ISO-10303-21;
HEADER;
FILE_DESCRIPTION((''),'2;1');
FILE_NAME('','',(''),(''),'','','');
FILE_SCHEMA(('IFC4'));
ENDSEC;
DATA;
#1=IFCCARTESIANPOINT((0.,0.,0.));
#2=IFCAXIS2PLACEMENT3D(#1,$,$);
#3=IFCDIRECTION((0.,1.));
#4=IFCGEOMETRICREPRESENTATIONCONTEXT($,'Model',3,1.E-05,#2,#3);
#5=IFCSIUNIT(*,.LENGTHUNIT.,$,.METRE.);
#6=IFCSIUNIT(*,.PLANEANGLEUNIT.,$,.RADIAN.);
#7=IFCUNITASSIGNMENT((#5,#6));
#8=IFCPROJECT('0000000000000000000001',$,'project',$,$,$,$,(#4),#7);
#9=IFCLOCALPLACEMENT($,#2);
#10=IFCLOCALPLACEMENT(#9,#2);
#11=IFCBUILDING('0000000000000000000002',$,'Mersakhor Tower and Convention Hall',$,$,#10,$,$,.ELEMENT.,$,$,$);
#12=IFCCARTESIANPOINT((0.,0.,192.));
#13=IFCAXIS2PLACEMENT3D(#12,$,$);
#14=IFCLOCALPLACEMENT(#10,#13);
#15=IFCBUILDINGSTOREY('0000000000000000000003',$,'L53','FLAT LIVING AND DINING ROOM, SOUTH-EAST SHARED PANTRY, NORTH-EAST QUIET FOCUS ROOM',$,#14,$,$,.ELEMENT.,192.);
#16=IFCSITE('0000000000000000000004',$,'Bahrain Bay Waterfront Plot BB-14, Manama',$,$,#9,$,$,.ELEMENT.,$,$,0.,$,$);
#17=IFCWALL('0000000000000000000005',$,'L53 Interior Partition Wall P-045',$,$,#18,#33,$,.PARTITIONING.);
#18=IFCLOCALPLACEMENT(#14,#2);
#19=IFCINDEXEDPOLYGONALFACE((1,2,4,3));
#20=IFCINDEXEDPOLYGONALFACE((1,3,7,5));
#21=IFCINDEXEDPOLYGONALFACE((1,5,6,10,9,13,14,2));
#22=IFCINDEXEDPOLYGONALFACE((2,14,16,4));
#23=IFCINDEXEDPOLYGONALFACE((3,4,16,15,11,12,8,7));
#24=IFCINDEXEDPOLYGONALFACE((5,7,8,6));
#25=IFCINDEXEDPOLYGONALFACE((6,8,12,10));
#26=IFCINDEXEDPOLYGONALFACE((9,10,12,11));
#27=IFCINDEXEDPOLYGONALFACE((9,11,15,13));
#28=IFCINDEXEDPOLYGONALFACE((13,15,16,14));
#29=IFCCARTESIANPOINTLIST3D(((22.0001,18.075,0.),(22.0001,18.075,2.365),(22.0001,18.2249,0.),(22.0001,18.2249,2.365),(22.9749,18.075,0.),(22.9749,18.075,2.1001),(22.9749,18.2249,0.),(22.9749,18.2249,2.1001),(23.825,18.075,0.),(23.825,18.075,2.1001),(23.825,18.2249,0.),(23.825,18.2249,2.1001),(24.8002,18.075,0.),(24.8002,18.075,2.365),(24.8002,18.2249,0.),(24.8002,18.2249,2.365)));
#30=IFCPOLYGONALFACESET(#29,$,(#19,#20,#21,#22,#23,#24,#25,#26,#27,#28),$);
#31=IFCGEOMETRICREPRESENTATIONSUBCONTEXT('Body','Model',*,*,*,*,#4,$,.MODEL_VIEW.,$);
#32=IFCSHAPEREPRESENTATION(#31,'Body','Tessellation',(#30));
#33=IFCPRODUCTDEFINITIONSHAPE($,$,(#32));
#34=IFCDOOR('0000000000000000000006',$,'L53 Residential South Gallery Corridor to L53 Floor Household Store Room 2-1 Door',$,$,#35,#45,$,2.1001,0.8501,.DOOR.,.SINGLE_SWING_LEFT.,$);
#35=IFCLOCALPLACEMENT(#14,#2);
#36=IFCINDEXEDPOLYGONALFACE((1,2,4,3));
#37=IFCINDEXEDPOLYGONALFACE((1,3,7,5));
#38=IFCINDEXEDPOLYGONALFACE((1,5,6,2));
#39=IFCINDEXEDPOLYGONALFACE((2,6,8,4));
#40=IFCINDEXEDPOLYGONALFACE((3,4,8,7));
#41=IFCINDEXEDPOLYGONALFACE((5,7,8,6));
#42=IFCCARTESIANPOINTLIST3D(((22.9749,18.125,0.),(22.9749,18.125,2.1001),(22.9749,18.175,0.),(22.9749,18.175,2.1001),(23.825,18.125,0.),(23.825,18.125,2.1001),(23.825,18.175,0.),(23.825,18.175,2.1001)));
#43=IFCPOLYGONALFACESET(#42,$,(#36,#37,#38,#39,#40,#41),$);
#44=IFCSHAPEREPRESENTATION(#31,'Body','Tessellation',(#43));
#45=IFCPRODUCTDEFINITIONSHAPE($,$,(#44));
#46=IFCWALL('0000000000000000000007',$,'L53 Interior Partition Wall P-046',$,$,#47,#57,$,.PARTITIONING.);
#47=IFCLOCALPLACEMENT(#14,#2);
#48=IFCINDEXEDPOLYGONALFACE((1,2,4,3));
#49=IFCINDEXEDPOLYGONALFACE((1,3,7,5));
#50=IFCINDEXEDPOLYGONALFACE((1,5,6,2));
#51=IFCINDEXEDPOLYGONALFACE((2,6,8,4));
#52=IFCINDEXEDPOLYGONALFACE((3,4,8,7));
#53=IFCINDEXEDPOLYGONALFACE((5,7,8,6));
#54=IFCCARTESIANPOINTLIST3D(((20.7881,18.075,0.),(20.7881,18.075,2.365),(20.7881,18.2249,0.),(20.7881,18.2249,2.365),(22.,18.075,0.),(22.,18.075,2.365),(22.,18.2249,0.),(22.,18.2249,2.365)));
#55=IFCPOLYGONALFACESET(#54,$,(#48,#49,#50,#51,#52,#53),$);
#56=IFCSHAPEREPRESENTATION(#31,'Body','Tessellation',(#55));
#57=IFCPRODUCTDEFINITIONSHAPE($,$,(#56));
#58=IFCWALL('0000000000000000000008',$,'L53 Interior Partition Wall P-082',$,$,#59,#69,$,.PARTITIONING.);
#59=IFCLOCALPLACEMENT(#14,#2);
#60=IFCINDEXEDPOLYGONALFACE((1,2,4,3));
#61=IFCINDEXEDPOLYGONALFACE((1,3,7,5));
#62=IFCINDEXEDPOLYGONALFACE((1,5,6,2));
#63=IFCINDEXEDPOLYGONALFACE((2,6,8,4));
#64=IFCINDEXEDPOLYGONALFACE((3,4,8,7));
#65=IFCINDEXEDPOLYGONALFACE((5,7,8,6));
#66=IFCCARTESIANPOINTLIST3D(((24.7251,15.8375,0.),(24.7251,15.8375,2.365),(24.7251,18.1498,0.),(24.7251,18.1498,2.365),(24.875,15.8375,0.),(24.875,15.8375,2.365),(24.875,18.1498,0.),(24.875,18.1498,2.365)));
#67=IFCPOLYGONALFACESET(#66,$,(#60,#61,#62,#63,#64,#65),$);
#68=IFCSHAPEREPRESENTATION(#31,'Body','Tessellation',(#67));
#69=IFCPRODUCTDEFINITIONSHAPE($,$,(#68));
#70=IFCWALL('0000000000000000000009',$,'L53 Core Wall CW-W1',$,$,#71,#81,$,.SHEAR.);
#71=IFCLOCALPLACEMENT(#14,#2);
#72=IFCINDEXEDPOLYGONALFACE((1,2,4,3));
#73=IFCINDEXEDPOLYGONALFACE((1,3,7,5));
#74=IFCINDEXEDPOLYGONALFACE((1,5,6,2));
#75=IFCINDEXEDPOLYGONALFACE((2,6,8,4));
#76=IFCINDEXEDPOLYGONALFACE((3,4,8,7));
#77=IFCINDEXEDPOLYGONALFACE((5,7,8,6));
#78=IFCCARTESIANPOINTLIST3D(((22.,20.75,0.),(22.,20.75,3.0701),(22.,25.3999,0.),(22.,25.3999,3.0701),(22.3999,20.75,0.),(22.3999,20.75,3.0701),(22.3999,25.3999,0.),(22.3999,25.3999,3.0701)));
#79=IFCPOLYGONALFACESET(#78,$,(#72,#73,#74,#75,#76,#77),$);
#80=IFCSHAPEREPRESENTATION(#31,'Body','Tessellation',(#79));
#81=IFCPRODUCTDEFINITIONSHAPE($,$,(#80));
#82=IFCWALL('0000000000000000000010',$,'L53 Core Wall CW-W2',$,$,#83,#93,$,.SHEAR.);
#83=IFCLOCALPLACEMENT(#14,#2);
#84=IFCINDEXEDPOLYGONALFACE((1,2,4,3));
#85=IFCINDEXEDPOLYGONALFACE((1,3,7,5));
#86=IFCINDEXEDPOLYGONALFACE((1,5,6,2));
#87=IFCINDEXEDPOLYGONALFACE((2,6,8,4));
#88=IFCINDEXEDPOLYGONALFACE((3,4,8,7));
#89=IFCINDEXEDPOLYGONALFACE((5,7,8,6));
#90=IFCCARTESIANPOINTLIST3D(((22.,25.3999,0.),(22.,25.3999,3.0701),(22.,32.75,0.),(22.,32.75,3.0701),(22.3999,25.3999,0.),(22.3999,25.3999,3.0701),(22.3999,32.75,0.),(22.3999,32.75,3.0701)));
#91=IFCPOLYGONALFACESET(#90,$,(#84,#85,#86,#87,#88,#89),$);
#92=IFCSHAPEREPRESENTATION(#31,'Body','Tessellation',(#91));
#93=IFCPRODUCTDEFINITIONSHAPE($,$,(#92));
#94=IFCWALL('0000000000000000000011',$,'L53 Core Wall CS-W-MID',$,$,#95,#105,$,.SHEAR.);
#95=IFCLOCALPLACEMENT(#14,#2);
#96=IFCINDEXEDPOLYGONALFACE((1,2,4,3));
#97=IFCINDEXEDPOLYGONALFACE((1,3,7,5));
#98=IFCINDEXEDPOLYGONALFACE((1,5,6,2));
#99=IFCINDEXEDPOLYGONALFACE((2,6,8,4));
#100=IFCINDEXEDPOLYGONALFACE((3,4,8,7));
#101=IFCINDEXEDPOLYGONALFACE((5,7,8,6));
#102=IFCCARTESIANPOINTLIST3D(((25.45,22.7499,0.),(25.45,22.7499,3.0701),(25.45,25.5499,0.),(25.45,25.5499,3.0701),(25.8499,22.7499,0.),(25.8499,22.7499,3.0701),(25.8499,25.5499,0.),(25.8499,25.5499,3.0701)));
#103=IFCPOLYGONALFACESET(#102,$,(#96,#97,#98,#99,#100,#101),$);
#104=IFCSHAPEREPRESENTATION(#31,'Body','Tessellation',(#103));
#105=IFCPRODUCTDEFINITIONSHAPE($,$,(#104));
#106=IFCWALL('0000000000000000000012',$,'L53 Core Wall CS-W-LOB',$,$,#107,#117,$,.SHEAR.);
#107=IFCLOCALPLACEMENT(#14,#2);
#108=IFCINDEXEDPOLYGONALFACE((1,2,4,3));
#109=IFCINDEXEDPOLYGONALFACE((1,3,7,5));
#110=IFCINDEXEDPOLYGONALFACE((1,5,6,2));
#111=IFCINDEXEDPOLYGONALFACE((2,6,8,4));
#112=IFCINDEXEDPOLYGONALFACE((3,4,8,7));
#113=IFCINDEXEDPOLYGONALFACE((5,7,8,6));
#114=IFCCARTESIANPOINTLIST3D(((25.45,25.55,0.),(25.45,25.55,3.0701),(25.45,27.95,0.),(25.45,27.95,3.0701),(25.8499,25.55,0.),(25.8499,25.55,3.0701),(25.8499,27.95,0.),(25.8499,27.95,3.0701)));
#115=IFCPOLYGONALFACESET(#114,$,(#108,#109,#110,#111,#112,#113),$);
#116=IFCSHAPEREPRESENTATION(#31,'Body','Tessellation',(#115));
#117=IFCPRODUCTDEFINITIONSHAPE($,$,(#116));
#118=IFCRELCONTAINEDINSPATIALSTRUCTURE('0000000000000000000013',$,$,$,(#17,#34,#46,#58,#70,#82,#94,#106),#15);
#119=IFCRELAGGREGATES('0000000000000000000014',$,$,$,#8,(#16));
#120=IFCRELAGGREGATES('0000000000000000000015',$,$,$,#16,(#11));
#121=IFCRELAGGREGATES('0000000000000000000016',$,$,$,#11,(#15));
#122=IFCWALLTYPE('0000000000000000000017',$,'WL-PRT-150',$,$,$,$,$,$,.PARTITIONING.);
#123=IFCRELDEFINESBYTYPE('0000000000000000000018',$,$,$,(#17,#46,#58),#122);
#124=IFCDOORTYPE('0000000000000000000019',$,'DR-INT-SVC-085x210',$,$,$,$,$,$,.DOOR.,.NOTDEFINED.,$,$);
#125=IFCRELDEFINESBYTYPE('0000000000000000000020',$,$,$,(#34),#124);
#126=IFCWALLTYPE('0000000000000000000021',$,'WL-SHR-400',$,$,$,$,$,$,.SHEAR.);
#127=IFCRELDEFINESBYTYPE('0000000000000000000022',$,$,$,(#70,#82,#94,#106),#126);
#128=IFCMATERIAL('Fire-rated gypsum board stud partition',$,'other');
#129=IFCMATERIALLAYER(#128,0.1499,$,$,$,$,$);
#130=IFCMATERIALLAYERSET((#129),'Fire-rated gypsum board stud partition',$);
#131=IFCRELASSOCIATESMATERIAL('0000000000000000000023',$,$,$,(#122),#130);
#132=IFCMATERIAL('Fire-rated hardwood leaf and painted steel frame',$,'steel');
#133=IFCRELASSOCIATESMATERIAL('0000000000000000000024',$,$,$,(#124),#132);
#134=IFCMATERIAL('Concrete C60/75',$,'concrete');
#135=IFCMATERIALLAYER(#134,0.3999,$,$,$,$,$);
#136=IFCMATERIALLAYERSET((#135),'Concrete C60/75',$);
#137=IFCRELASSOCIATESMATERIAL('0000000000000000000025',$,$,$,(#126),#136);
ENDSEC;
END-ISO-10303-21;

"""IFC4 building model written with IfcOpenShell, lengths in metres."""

from ifc_helpers import new_model, si_unit, direction, frame, frame_2d, origin, place, context, subcontext, project, spatial, rectangle, extrude, material, layer, layer_set, type_object, element, fill, save


model = new_model("IFC4")

# Units and contexts
model_context = context("Model", 3, precision=1e-05, world=origin(), true_north=direction((0.0, 1.0)))
body_context = subcontext(model_context, "Body", "Model", "MODEL_VIEW")
ifc_project = project(units=[si_unit("LENGTHUNIT", "METRE"), si_unit("PLANEANGLEUNIT", "RADIAN")], contexts=[model_context])

# Site, building, storey
site_placement = place(None, origin())
site = spatial("IfcSite", under=ifc_project, at=site_placement, Name="Bahrain Bay Waterfront Plot BB-14, Manama", CompositionType="ELEMENT", RefElevation=0.0)
building_placement = place(site_placement, origin())
building = spatial("IfcBuilding", under=site, at=building_placement, Name="Mersakhor Tower and Convention Hall", CompositionType="ELEMENT")
storey_placement = place(building_placement, frame((0.0, 0.0, 192.0)))
storey = spatial("IfcBuildingStorey", under=building, at=storey_placement, Name="L53", Description="FLAT LIVING AND DINING ROOM, SOUTH-EAST SHARED PANTRY, NORTH-EAST QUIET FOCUS ROOM", CompositionType="ELEMENT", Elevation=192.0)

# Shared definitions
ifc_material_1 = material(Name="Fire-rated gypsum board stud partition", Category="other")
ifc_layer_1 = layer(ifc_material_1, 0.1499)
ifc_layer_set_1 = layer_set([ifc_layer_1], Name="Fire-rated gypsum board stud partition")
wall_type_1 = type_object("IfcWallType", Name="WL-PRT-150", PredefinedType="PARTITIONING", material=ifc_layer_set_1)

# Wall, opening, door
wall_1_placement = place(storey_placement, frame((24.8, 18.1499, 0.0), z_axis=(0.0, 0.0, 1.0), x_axis=(-1.0, 0.0, 0.0)))
wall_1 = element("IfcWall", 1, at=wall_1_placement, inside=storey, type_object=wall_type_1, Name="L53 Interior Partition Wall P-045", PredefinedType="PARTITIONING", context=body_context, shape_type="SweptSolid", body=[
    extrude(rectangle(XDim=2.8, YDim=0.1499, at=frame_2d((1.3999, 0.0))), origin(), (0.0, 0.0, 1.0), 2.365),
])
opening_1_placement = place(wall_1_placement, frame((0.9751, 0.0, 0.0)))
opening_1 = element("IfcOpeningElement", 2, at=opening_1_placement, cuts=wall_1, PredefinedType="OPENING", context=body_context, shape_type="SweptSolid", body=[
    extrude(rectangle(XDim=0.8501, YDim=2.1001, at=frame_2d((0.425, 1.05))), frame((0.0, 0.085, 0.0), z_axis=(0.0, -1.0, 0.0), x_axis=(1.0, 0.0, 0.0)), (0.0, 0.0, 1.0), 0.1699),
])
ifc_material_2 = material(Name="Fire-rated hardwood leaf and painted steel frame", Category="steel")
door_type_1 = type_object("IfcDoorType", Name="DR-INT-SVC-085x210", OperationType="NOTDEFINED", PredefinedType="DOOR", material=ifc_material_2)
door_1_placement = place(opening_1_placement, origin())
door_1 = element("IfcDoor", 3, at=door_1_placement, inside=storey, type_object=door_type_1, Name="L53 Residential South Gallery Corridor to L53 Floor Household Store Room 2-1 Door", OperationType="SINGLE_SWING_LEFT", OverallHeight=2.1001, OverallWidth=0.8501, PredefinedType="DOOR", context=body_context, shape_type="SweptSolid", body=[
    extrude(rectangle(XDim=0.8501, YDim=2.1001, at=frame_2d((0.425, 1.05))), frame((0.0, 0.0249, 0.0), z_axis=(0.0, -1.0, 0.0), x_axis=(1.0, 0.0, 0.0)), (0.0, 0.0, 1.0), 0.05),
])
fill(opening_1, door_1)

# Walls
wall_2_placement = place(storey_placement, frame((22.0, 18.1499, 0.0), z_axis=(0.0, 0.0, 1.0), x_axis=(-1.0, 0.0, 0.0)))
element("IfcWall", 4, at=wall_2_placement, inside=storey, type_object=wall_type_1, Name="L53 Interior Partition Wall P-046", PredefinedType="PARTITIONING", context=body_context, shape_type="SweptSolid", body=[
    extrude(rectangle(XDim=1.2119, YDim=0.1499, at=frame_2d((0.606, 0.0))), origin(), (0.0, 0.0, 1.0), 2.365),
])
wall_3_placement = place(storey_placement, frame((24.8, 18.1499, 0.0), z_axis=(0.0, 0.0, 1.0), x_axis=(0.0, -1.0, 0.0)))
element("IfcWall", 5, at=wall_3_placement, inside=storey, type_object=wall_type_1, Name="L53 Interior Partition Wall P-082", PredefinedType="PARTITIONING", context=body_context, shape_type="SweptSolid", body=[
    extrude(rectangle(XDim=2.3123, YDim=0.1499, at=frame_2d((1.1562, 0.0))), origin(), (0.0, 0.0, 1.0), 2.365),
])

# Walls
ifc_material_3 = material(Name="Concrete C60/75", Category="concrete")
ifc_layer_2 = layer(ifc_material_3, 0.3999)
ifc_layer_set_2 = layer_set([ifc_layer_2], Name="Concrete C60/75")
wall_type_2 = type_object("IfcWallType", Name="WL-SHR-400", PredefinedType="SHEAR", material=ifc_layer_set_2)
wall_4_placement = place(storey_placement, frame((22.2, 20.75, 0.0), z_axis=(0.0, 0.0, 1.0), x_axis=(0.0, 1.0, 0.0)))
element("IfcWall", 6, at=wall_4_placement, inside=storey, type_object=wall_type_2, Name="L53 Core Wall CW-W1", PredefinedType="SHEAR", context=body_context, shape_type="SweptSolid", body=[
    extrude(rectangle(XDim=4.6499, YDim=0.3999, at=frame_2d((2.325, 0.0))), origin(), (0.0, 0.0, 1.0), 3.0701),
])
wall_5_placement = place(storey_placement, frame((22.2, 25.3999, 0.0), z_axis=(0.0, 0.0, 1.0), x_axis=(0.0, 1.0, 0.0)))
element("IfcWall", 7, at=wall_5_placement, inside=storey, type_object=wall_type_2, Name="L53 Core Wall CW-W2", PredefinedType="SHEAR", context=body_context, shape_type="SweptSolid", body=[
    extrude(rectangle(XDim=7.3501, YDim=0.3999, at=frame_2d((3.675, 0.0))), origin(), (0.0, 0.0, 1.0), 3.0701),
])

# Walls
wall_6_placement = place(storey_placement, frame((25.6499, 22.75, 0.0), z_axis=(0.0, 0.0, 1.0), x_axis=(0.0, 1.0, 0.0)))
element("IfcWall", 8, at=wall_6_placement, inside=storey, type_object=wall_type_2, Name="L53 Core Wall CS-W-MID", PredefinedType="SHEAR", context=body_context, shape_type="SweptSolid", body=[
    extrude(rectangle(XDim=2.8, YDim=0.3999, at=frame_2d((1.3999, 0.0))), origin(), (0.0, 0.0, 1.0), 3.0701),
])
wall_7_placement = place(storey_placement, frame((25.6499, 25.55, 0.0), z_axis=(0.0, 0.0, 1.0), x_axis=(0.0, 1.0, 0.0)))
element("IfcWall", 9, at=wall_7_placement, inside=storey, type_object=wall_type_2, Name="L53 Core Wall CS-W-LOB", PredefinedType="SHEAR", context=body_context, shape_type="SweptSolid", body=[
    extrude(rectangle(XDim=2.3999, YDim=0.3999, at=frame_2d((1.2, 0.0))), origin(), (0.0, 0.0, 1.0), 3.0701),
])

save(model, "model.ifc")
